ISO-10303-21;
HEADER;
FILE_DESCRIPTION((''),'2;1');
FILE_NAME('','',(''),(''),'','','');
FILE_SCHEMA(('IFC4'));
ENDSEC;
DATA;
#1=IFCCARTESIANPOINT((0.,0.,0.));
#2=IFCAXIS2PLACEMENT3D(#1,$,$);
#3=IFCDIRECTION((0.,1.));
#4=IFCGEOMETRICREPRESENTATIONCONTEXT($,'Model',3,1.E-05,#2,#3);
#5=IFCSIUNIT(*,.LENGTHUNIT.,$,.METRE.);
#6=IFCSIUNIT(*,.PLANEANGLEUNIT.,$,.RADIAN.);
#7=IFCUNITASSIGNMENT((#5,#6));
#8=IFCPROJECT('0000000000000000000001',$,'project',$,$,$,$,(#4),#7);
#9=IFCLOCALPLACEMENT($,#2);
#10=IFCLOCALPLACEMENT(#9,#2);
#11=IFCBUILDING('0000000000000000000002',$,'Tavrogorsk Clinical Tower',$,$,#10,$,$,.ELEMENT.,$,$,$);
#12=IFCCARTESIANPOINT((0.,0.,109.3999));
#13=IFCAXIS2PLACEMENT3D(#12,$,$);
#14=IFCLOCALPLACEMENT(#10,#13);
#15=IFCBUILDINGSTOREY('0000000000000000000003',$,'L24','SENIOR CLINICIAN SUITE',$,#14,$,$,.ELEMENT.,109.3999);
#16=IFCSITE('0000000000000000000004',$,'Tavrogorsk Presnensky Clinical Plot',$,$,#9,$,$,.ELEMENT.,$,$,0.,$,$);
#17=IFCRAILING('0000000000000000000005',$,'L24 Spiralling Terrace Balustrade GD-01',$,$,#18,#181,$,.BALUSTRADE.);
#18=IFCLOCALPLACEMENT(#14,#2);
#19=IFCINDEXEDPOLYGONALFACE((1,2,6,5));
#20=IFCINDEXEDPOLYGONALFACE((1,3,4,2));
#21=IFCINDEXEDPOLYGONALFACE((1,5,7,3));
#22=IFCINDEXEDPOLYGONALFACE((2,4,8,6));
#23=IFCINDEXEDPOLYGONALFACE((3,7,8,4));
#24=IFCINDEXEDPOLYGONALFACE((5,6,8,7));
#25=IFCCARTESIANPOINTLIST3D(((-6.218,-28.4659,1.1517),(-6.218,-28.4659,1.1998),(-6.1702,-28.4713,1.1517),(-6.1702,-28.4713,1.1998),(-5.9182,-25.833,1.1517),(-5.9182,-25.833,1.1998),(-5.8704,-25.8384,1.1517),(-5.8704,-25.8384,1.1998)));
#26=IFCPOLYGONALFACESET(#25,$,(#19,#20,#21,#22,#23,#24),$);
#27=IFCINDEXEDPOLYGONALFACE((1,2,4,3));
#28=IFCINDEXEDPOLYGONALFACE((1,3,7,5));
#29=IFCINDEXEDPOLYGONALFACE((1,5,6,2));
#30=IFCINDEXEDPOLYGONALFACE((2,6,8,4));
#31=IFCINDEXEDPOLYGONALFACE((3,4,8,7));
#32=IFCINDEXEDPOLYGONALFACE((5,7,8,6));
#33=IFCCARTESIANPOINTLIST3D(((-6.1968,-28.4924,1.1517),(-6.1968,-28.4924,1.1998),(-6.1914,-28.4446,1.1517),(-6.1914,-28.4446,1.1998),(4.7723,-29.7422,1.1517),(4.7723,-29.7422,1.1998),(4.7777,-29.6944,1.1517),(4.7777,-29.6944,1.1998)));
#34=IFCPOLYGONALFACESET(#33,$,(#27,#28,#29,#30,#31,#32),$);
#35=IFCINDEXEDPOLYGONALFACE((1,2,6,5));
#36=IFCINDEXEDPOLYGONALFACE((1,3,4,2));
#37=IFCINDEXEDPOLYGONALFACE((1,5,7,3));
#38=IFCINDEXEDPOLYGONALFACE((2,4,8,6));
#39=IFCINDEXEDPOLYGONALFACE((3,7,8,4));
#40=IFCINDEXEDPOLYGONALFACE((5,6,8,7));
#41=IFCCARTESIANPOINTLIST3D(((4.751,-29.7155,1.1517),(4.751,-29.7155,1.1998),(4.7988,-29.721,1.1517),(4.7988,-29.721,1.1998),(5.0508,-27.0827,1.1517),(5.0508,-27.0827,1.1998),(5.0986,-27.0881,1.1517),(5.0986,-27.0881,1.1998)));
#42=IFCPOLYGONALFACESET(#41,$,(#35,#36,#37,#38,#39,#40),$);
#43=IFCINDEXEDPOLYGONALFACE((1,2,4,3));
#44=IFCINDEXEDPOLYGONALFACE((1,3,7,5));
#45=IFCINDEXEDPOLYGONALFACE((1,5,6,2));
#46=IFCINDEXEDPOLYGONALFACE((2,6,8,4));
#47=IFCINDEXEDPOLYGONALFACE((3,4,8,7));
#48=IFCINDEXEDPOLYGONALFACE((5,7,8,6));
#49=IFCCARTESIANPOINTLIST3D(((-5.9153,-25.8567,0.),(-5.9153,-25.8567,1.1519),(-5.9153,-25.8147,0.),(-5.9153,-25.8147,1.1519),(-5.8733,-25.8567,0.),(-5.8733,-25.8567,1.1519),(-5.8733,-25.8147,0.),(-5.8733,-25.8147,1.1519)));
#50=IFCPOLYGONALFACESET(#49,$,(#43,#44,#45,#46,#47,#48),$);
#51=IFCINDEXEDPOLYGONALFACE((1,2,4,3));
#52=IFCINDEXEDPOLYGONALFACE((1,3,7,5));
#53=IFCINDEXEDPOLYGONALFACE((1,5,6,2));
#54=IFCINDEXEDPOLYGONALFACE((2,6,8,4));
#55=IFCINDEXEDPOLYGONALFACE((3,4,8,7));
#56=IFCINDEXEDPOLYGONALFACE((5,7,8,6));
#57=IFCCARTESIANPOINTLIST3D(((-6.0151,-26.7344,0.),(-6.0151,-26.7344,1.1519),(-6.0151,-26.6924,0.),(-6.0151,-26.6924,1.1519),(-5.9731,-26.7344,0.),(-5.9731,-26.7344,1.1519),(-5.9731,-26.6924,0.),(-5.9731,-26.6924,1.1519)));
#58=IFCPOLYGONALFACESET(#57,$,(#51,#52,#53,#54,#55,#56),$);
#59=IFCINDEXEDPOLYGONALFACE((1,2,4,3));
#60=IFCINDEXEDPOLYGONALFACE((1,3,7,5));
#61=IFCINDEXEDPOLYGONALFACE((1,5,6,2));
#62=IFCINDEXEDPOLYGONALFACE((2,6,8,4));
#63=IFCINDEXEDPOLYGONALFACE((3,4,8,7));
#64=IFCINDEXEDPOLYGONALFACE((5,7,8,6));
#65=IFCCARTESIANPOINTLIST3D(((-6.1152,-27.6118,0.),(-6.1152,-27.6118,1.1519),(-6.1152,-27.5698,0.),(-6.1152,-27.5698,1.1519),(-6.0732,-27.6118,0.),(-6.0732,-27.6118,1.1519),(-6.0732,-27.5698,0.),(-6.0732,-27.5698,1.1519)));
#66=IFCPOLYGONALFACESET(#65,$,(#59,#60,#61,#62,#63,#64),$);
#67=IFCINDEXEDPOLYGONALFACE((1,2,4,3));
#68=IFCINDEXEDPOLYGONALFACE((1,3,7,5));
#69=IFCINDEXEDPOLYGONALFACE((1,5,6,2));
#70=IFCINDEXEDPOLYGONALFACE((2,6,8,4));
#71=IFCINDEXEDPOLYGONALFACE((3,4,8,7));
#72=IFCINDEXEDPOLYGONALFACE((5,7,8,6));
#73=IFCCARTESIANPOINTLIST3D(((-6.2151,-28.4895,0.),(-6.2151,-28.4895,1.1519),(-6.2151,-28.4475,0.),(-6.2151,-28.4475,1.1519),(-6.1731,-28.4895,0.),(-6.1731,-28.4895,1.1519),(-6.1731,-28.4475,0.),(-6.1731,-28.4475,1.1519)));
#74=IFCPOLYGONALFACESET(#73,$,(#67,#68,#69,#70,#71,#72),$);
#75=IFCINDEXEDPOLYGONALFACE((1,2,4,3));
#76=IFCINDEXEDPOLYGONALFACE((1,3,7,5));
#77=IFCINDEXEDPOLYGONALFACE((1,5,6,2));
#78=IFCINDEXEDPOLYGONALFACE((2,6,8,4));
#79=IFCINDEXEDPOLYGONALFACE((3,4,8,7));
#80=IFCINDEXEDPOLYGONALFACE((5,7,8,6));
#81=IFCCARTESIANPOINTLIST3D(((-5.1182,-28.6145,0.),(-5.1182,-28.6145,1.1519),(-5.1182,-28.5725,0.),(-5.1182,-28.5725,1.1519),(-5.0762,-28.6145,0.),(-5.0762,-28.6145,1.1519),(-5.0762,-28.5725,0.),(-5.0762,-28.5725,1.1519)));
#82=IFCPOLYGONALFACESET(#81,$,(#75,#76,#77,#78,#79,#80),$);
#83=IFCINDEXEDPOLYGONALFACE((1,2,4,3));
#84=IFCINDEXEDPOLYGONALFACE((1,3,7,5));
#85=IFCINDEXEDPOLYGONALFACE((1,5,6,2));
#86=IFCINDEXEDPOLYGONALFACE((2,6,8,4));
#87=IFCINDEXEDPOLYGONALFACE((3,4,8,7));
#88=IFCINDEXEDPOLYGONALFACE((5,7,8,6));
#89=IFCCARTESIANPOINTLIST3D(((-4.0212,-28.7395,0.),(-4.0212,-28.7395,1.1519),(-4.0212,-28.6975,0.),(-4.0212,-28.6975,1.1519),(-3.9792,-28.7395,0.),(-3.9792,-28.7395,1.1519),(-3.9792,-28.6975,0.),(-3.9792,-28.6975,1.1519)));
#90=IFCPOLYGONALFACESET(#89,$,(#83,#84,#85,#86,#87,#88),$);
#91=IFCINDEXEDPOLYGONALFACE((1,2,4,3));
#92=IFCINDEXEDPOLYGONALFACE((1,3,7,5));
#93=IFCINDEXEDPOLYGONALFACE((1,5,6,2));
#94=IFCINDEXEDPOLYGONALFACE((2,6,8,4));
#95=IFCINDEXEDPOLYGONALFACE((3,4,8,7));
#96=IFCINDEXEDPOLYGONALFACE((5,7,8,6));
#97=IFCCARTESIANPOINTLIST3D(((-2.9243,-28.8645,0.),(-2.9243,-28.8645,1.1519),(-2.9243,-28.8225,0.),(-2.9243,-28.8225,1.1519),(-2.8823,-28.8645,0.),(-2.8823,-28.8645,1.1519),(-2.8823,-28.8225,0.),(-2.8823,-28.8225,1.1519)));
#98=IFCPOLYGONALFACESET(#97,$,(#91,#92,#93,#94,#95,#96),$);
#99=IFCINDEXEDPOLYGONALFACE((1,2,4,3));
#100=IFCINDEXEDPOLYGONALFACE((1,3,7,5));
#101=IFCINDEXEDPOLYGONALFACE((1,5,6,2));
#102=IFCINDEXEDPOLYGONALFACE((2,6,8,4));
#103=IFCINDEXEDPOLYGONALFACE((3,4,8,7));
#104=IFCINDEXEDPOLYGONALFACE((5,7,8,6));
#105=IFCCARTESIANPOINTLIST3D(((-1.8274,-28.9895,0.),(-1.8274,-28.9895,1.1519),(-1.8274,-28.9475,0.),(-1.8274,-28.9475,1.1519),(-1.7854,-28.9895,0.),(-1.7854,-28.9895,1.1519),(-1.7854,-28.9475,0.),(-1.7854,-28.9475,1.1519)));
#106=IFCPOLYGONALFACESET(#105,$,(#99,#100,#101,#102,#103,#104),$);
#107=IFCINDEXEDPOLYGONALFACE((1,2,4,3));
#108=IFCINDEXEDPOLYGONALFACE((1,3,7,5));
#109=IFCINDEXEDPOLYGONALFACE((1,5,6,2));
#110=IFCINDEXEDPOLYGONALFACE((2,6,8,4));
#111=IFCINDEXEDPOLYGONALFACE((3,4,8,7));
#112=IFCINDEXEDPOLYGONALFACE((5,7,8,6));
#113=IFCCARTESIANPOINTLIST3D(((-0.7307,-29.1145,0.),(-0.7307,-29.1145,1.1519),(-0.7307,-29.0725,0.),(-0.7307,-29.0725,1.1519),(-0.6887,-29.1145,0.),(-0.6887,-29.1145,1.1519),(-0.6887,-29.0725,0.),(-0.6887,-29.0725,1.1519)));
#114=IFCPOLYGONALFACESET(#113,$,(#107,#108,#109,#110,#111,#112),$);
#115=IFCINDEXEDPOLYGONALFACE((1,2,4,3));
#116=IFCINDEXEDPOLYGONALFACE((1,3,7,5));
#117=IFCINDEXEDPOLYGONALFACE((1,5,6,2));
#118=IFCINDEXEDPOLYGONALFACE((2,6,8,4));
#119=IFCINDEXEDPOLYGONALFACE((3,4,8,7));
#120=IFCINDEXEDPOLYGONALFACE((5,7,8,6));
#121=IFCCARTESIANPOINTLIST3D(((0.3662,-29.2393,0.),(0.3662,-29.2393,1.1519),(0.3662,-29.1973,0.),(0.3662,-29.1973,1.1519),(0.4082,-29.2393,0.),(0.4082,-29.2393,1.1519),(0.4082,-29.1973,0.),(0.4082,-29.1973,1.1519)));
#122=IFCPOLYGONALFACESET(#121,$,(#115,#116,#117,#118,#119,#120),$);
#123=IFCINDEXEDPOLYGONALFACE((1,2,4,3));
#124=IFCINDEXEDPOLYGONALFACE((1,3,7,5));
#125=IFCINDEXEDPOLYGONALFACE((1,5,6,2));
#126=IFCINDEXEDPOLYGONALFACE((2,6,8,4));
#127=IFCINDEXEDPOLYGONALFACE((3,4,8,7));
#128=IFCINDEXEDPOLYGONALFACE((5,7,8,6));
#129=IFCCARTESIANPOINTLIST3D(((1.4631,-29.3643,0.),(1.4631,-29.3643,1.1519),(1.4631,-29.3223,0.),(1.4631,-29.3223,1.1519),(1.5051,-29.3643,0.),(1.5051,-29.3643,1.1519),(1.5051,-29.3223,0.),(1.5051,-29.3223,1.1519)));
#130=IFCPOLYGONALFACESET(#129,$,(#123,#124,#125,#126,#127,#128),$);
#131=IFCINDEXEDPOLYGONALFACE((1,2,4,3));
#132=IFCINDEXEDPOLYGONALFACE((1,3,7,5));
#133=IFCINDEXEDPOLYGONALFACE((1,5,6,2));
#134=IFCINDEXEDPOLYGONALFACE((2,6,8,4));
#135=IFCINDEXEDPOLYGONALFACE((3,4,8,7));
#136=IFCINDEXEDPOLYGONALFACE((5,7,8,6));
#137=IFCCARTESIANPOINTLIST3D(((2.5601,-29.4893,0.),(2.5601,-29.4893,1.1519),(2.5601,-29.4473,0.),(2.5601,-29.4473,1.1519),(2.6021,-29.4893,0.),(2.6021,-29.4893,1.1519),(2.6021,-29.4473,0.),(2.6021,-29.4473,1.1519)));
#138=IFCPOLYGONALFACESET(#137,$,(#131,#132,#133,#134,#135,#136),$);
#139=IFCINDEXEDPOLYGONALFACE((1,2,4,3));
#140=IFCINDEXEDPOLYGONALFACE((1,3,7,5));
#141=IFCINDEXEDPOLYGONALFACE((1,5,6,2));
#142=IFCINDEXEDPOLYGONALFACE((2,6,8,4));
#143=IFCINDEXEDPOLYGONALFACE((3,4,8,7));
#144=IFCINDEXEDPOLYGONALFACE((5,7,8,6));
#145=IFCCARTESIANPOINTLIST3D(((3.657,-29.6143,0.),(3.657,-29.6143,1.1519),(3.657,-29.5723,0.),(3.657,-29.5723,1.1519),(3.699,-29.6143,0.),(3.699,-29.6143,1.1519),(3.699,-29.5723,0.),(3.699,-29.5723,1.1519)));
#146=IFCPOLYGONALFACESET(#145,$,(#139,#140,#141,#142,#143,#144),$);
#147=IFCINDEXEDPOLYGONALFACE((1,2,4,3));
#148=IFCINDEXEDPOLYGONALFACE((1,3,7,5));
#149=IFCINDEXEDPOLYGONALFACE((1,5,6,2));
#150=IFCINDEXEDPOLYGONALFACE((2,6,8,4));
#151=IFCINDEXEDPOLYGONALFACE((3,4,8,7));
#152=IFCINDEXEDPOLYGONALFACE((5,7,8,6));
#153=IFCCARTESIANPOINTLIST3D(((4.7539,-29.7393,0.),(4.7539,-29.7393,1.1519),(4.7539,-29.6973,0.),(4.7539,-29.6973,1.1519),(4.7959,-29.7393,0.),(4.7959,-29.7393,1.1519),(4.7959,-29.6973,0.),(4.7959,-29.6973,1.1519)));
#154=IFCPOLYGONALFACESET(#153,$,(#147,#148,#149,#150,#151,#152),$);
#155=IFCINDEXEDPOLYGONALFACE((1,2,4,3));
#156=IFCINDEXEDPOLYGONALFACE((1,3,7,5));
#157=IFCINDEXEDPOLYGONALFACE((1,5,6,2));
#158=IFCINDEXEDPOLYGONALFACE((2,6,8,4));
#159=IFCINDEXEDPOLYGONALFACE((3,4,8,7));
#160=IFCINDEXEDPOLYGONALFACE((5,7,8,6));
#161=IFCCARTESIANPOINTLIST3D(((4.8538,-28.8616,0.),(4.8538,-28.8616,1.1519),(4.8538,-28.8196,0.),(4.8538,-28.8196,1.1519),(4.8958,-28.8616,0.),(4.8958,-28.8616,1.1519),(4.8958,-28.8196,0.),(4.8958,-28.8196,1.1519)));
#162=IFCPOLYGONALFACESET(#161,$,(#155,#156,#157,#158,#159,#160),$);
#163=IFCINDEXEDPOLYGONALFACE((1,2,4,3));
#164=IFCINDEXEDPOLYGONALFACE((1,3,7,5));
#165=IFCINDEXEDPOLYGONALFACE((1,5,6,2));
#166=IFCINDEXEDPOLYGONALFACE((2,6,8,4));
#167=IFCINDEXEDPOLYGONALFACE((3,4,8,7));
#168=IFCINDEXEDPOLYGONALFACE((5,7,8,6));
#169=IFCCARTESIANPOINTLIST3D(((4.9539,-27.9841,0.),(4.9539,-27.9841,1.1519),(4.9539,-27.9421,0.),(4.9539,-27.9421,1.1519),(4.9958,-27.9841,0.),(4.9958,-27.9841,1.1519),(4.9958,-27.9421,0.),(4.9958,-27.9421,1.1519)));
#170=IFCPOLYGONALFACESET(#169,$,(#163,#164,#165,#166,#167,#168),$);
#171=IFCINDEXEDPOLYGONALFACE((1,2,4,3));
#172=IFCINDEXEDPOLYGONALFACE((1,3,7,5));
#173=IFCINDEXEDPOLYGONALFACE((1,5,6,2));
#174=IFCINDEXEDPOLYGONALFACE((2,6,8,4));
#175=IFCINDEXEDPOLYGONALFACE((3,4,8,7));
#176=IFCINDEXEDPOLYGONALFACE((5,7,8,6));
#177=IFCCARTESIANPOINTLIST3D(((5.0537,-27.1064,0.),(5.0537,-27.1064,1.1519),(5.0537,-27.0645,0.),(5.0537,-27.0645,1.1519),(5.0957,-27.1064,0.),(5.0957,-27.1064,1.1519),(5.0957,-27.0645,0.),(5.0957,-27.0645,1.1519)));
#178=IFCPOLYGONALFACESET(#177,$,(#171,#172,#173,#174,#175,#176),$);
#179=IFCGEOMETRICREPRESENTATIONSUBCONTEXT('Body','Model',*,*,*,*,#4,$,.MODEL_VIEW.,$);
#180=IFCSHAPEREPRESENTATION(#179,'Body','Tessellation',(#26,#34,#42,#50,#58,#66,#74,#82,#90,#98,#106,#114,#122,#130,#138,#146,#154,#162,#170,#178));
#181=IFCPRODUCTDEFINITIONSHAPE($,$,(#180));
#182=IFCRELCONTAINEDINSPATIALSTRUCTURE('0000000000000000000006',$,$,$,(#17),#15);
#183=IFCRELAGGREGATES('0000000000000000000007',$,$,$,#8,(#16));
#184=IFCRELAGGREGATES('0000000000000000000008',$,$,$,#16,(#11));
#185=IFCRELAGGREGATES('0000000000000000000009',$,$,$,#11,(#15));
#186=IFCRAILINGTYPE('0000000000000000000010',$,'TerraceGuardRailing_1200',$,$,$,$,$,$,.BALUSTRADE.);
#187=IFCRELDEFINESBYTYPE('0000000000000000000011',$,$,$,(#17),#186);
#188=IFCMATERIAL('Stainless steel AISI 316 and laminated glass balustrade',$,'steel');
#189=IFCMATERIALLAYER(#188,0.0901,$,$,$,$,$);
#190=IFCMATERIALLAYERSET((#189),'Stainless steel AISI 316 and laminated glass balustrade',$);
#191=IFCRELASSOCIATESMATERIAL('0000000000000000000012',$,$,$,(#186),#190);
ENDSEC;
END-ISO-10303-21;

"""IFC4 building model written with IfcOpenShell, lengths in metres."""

from ifc_helpers import new_model, si_unit, direction, frame, origin, origin_2d, place, context, subcontext, project, spatial, rectangle, extrude, material, layer, layer_set, type_object, element, save


model = new_model("IFC4")

# Units and contexts
model_context = context("Model", 3, precision=1e-05, world=origin(), true_north=direction((0.0, 1.0)))
body_context = subcontext(model_context, "Body", "Model", "MODEL_VIEW")
ifc_project = project(units=[si_unit("LENGTHUNIT", "METRE"), si_unit("PLANEANGLEUNIT", "RADIAN")], contexts=[model_context])

# Site, building, storey
site_placement = place(None, origin())
site = spatial("IfcSite", under=ifc_project, at=site_placement, Name="Tavrogorsk Presnensky Clinical Plot", CompositionType="ELEMENT", RefElevation=0.0)
building_placement = place(site_placement, origin())
building = spatial("IfcBuilding", under=site, at=building_placement, Name="Tavrogorsk Clinical Tower", CompositionType="ELEMENT")
storey_placement = place(building_placement, frame((0.0, 0.0, 109.3999)))
storey = spatial("IfcBuildingStorey", under=building, at=storey_placement, Name="L24", Description="SENIOR CLINICIAN SUITE", CompositionType="ELEMENT", Elevation=109.3999)

# Railing
ifc_material_1 = material(Name="Stainless steel AISI 316 and laminated glass balustrade", Category="steel")
ifc_layer_1 = layer(ifc_material_1, 0.0901)
ifc_layer_set_1 = layer_set([ifc_layer_1], Name="Stainless steel AISI 316 and laminated glass balustrade")
railing_type = type_object("IfcRailingType", Name="TerraceGuardRailing_1200", PredefinedType="BALUSTRADE", material=ifc_layer_set_1)
railing_placement = place(storey_placement, frame((-5.8943, -25.8357, 0.0)))
element("IfcRailing", 1, at=railing_placement, inside=storey, type_object=railing_type, Name="L24 Spiralling Terrace Balustrade GD-01", PredefinedType="BALUSTRADE", context=body_context, shape_type="SweptSolid", body=[
    extrude(rectangle(XDim=0.0481, YDim=0.0481, at=origin_2d()), frame((0.0, 0.0, 1.1758), z_axis=(-0.113141, -0.993579, 0.0), x_axis=(0.993579, -0.113141, 0.0)), (0.0, 0.0, 1.0), 2.6499),
    extrude(rectangle(XDim=0.0481, YDim=0.0481, at=origin_2d()), frame((-0.2998, -2.6328, 1.1758), z_axis=(0.993572, -0.113203, 0.0), x_axis=(0.113203, 0.993572, 0.0)), (0.0, 0.0, 1.0), 11.04),
    extrude(rectangle(XDim=0.0481, YDim=0.0481, at=origin_2d()), frame((10.6692, -3.8826, 1.1758), z_axis=(0.113141, 0.993579, 0.0), x_axis=(-0.993579, 0.113141, 0.0)), (0.0, 0.0, 1.0), 2.6499),
    extrude(rectangle(XDim=0.042, YDim=0.042, at=origin_2d()), origin(), (0.0, 0.0, 1.0), 1.1519),
    extrude(rectangle(XDim=0.042, YDim=0.042, at=origin_2d()), frame((-0.0999, -0.8777, 0.0)), (0.0, 0.0, 1.0), 1.1519),
    extrude(rectangle(XDim=0.042, YDim=0.042, at=origin_2d()), frame((-0.2, -1.7551, 0.0)), (0.0, 0.0, 1.0), 1.1519),
    extrude(rectangle(XDim=0.042, YDim=0.042, at=origin_2d()), frame((-0.2998, -2.6328, 0.0)), (0.0, 0.0, 1.0), 1.1519),
    extrude(rectangle(XDim=0.042, YDim=0.042, at=origin_2d()), frame((0.7971, -2.7578, 0.0)), (0.0, 0.0, 1.0), 1.1519),
    extrude(rectangle(XDim=0.042, YDim=0.042, at=origin_2d()), frame((1.894, -2.8828, 0.0)), (0.0, 0.0, 1.0), 1.1519),
    extrude(rectangle(XDim=0.042, YDim=0.042, at=origin_2d()), frame((2.991, -3.0078, 0.0)), (0.0, 0.0, 1.0), 1.1519),
    extrude(rectangle(XDim=0.042, YDim=0.042, at=origin_2d()), frame((4.0879, -3.1328, 0.0)), (0.0, 0.0, 1.0), 1.1519),
    extrude(rectangle(XDim=0.042, YDim=0.042, at=origin_2d()), frame((5.1846, -3.2578, 0.0)), (0.0, 0.0, 1.0), 1.1519),
    extrude(rectangle(XDim=0.042, YDim=0.042, at=origin_2d()), frame((6.2815, -3.3826, 0.0)), (0.0, 0.0, 1.0), 1.1519),
    extrude(rectangle(XDim=0.042, YDim=0.042, at=origin_2d()), frame((7.3784, -3.5076, 0.0)), (0.0, 0.0, 1.0), 1.1519),
    extrude(rectangle(XDim=0.042, YDim=0.042, at=origin_2d()), frame((8.4753, -3.6326, 0.0)), (0.0, 0.0, 1.0), 1.1519),
    extrude(rectangle(XDim=0.042, YDim=0.042, at=origin_2d()), frame((9.5723, -3.7576, 0.0)), (0.0, 0.0, 1.0), 1.1519),
    extrude(rectangle(XDim=0.042, YDim=0.042, at=origin_2d()), frame((10.6692, -3.8826, 0.0)), (0.0, 0.0, 1.0), 1.1519),
    extrude(rectangle(XDim=0.042, YDim=0.042, at=origin_2d()), frame((10.769, -3.0049, 0.0)), (0.0, 0.0, 1.0), 1.1519),
    extrude(rectangle(XDim=0.042, YDim=0.042, at=origin_2d()), frame((10.8691, -2.1274, 0.0)), (0.0, 0.0, 1.0), 1.1519),
    extrude(rectangle(XDim=0.042, YDim=0.042, at=origin_2d()), frame((10.969, -1.2498, 0.0)), (0.0, 0.0, 1.0), 1.1519),
])

save(model, "model.ifc")
